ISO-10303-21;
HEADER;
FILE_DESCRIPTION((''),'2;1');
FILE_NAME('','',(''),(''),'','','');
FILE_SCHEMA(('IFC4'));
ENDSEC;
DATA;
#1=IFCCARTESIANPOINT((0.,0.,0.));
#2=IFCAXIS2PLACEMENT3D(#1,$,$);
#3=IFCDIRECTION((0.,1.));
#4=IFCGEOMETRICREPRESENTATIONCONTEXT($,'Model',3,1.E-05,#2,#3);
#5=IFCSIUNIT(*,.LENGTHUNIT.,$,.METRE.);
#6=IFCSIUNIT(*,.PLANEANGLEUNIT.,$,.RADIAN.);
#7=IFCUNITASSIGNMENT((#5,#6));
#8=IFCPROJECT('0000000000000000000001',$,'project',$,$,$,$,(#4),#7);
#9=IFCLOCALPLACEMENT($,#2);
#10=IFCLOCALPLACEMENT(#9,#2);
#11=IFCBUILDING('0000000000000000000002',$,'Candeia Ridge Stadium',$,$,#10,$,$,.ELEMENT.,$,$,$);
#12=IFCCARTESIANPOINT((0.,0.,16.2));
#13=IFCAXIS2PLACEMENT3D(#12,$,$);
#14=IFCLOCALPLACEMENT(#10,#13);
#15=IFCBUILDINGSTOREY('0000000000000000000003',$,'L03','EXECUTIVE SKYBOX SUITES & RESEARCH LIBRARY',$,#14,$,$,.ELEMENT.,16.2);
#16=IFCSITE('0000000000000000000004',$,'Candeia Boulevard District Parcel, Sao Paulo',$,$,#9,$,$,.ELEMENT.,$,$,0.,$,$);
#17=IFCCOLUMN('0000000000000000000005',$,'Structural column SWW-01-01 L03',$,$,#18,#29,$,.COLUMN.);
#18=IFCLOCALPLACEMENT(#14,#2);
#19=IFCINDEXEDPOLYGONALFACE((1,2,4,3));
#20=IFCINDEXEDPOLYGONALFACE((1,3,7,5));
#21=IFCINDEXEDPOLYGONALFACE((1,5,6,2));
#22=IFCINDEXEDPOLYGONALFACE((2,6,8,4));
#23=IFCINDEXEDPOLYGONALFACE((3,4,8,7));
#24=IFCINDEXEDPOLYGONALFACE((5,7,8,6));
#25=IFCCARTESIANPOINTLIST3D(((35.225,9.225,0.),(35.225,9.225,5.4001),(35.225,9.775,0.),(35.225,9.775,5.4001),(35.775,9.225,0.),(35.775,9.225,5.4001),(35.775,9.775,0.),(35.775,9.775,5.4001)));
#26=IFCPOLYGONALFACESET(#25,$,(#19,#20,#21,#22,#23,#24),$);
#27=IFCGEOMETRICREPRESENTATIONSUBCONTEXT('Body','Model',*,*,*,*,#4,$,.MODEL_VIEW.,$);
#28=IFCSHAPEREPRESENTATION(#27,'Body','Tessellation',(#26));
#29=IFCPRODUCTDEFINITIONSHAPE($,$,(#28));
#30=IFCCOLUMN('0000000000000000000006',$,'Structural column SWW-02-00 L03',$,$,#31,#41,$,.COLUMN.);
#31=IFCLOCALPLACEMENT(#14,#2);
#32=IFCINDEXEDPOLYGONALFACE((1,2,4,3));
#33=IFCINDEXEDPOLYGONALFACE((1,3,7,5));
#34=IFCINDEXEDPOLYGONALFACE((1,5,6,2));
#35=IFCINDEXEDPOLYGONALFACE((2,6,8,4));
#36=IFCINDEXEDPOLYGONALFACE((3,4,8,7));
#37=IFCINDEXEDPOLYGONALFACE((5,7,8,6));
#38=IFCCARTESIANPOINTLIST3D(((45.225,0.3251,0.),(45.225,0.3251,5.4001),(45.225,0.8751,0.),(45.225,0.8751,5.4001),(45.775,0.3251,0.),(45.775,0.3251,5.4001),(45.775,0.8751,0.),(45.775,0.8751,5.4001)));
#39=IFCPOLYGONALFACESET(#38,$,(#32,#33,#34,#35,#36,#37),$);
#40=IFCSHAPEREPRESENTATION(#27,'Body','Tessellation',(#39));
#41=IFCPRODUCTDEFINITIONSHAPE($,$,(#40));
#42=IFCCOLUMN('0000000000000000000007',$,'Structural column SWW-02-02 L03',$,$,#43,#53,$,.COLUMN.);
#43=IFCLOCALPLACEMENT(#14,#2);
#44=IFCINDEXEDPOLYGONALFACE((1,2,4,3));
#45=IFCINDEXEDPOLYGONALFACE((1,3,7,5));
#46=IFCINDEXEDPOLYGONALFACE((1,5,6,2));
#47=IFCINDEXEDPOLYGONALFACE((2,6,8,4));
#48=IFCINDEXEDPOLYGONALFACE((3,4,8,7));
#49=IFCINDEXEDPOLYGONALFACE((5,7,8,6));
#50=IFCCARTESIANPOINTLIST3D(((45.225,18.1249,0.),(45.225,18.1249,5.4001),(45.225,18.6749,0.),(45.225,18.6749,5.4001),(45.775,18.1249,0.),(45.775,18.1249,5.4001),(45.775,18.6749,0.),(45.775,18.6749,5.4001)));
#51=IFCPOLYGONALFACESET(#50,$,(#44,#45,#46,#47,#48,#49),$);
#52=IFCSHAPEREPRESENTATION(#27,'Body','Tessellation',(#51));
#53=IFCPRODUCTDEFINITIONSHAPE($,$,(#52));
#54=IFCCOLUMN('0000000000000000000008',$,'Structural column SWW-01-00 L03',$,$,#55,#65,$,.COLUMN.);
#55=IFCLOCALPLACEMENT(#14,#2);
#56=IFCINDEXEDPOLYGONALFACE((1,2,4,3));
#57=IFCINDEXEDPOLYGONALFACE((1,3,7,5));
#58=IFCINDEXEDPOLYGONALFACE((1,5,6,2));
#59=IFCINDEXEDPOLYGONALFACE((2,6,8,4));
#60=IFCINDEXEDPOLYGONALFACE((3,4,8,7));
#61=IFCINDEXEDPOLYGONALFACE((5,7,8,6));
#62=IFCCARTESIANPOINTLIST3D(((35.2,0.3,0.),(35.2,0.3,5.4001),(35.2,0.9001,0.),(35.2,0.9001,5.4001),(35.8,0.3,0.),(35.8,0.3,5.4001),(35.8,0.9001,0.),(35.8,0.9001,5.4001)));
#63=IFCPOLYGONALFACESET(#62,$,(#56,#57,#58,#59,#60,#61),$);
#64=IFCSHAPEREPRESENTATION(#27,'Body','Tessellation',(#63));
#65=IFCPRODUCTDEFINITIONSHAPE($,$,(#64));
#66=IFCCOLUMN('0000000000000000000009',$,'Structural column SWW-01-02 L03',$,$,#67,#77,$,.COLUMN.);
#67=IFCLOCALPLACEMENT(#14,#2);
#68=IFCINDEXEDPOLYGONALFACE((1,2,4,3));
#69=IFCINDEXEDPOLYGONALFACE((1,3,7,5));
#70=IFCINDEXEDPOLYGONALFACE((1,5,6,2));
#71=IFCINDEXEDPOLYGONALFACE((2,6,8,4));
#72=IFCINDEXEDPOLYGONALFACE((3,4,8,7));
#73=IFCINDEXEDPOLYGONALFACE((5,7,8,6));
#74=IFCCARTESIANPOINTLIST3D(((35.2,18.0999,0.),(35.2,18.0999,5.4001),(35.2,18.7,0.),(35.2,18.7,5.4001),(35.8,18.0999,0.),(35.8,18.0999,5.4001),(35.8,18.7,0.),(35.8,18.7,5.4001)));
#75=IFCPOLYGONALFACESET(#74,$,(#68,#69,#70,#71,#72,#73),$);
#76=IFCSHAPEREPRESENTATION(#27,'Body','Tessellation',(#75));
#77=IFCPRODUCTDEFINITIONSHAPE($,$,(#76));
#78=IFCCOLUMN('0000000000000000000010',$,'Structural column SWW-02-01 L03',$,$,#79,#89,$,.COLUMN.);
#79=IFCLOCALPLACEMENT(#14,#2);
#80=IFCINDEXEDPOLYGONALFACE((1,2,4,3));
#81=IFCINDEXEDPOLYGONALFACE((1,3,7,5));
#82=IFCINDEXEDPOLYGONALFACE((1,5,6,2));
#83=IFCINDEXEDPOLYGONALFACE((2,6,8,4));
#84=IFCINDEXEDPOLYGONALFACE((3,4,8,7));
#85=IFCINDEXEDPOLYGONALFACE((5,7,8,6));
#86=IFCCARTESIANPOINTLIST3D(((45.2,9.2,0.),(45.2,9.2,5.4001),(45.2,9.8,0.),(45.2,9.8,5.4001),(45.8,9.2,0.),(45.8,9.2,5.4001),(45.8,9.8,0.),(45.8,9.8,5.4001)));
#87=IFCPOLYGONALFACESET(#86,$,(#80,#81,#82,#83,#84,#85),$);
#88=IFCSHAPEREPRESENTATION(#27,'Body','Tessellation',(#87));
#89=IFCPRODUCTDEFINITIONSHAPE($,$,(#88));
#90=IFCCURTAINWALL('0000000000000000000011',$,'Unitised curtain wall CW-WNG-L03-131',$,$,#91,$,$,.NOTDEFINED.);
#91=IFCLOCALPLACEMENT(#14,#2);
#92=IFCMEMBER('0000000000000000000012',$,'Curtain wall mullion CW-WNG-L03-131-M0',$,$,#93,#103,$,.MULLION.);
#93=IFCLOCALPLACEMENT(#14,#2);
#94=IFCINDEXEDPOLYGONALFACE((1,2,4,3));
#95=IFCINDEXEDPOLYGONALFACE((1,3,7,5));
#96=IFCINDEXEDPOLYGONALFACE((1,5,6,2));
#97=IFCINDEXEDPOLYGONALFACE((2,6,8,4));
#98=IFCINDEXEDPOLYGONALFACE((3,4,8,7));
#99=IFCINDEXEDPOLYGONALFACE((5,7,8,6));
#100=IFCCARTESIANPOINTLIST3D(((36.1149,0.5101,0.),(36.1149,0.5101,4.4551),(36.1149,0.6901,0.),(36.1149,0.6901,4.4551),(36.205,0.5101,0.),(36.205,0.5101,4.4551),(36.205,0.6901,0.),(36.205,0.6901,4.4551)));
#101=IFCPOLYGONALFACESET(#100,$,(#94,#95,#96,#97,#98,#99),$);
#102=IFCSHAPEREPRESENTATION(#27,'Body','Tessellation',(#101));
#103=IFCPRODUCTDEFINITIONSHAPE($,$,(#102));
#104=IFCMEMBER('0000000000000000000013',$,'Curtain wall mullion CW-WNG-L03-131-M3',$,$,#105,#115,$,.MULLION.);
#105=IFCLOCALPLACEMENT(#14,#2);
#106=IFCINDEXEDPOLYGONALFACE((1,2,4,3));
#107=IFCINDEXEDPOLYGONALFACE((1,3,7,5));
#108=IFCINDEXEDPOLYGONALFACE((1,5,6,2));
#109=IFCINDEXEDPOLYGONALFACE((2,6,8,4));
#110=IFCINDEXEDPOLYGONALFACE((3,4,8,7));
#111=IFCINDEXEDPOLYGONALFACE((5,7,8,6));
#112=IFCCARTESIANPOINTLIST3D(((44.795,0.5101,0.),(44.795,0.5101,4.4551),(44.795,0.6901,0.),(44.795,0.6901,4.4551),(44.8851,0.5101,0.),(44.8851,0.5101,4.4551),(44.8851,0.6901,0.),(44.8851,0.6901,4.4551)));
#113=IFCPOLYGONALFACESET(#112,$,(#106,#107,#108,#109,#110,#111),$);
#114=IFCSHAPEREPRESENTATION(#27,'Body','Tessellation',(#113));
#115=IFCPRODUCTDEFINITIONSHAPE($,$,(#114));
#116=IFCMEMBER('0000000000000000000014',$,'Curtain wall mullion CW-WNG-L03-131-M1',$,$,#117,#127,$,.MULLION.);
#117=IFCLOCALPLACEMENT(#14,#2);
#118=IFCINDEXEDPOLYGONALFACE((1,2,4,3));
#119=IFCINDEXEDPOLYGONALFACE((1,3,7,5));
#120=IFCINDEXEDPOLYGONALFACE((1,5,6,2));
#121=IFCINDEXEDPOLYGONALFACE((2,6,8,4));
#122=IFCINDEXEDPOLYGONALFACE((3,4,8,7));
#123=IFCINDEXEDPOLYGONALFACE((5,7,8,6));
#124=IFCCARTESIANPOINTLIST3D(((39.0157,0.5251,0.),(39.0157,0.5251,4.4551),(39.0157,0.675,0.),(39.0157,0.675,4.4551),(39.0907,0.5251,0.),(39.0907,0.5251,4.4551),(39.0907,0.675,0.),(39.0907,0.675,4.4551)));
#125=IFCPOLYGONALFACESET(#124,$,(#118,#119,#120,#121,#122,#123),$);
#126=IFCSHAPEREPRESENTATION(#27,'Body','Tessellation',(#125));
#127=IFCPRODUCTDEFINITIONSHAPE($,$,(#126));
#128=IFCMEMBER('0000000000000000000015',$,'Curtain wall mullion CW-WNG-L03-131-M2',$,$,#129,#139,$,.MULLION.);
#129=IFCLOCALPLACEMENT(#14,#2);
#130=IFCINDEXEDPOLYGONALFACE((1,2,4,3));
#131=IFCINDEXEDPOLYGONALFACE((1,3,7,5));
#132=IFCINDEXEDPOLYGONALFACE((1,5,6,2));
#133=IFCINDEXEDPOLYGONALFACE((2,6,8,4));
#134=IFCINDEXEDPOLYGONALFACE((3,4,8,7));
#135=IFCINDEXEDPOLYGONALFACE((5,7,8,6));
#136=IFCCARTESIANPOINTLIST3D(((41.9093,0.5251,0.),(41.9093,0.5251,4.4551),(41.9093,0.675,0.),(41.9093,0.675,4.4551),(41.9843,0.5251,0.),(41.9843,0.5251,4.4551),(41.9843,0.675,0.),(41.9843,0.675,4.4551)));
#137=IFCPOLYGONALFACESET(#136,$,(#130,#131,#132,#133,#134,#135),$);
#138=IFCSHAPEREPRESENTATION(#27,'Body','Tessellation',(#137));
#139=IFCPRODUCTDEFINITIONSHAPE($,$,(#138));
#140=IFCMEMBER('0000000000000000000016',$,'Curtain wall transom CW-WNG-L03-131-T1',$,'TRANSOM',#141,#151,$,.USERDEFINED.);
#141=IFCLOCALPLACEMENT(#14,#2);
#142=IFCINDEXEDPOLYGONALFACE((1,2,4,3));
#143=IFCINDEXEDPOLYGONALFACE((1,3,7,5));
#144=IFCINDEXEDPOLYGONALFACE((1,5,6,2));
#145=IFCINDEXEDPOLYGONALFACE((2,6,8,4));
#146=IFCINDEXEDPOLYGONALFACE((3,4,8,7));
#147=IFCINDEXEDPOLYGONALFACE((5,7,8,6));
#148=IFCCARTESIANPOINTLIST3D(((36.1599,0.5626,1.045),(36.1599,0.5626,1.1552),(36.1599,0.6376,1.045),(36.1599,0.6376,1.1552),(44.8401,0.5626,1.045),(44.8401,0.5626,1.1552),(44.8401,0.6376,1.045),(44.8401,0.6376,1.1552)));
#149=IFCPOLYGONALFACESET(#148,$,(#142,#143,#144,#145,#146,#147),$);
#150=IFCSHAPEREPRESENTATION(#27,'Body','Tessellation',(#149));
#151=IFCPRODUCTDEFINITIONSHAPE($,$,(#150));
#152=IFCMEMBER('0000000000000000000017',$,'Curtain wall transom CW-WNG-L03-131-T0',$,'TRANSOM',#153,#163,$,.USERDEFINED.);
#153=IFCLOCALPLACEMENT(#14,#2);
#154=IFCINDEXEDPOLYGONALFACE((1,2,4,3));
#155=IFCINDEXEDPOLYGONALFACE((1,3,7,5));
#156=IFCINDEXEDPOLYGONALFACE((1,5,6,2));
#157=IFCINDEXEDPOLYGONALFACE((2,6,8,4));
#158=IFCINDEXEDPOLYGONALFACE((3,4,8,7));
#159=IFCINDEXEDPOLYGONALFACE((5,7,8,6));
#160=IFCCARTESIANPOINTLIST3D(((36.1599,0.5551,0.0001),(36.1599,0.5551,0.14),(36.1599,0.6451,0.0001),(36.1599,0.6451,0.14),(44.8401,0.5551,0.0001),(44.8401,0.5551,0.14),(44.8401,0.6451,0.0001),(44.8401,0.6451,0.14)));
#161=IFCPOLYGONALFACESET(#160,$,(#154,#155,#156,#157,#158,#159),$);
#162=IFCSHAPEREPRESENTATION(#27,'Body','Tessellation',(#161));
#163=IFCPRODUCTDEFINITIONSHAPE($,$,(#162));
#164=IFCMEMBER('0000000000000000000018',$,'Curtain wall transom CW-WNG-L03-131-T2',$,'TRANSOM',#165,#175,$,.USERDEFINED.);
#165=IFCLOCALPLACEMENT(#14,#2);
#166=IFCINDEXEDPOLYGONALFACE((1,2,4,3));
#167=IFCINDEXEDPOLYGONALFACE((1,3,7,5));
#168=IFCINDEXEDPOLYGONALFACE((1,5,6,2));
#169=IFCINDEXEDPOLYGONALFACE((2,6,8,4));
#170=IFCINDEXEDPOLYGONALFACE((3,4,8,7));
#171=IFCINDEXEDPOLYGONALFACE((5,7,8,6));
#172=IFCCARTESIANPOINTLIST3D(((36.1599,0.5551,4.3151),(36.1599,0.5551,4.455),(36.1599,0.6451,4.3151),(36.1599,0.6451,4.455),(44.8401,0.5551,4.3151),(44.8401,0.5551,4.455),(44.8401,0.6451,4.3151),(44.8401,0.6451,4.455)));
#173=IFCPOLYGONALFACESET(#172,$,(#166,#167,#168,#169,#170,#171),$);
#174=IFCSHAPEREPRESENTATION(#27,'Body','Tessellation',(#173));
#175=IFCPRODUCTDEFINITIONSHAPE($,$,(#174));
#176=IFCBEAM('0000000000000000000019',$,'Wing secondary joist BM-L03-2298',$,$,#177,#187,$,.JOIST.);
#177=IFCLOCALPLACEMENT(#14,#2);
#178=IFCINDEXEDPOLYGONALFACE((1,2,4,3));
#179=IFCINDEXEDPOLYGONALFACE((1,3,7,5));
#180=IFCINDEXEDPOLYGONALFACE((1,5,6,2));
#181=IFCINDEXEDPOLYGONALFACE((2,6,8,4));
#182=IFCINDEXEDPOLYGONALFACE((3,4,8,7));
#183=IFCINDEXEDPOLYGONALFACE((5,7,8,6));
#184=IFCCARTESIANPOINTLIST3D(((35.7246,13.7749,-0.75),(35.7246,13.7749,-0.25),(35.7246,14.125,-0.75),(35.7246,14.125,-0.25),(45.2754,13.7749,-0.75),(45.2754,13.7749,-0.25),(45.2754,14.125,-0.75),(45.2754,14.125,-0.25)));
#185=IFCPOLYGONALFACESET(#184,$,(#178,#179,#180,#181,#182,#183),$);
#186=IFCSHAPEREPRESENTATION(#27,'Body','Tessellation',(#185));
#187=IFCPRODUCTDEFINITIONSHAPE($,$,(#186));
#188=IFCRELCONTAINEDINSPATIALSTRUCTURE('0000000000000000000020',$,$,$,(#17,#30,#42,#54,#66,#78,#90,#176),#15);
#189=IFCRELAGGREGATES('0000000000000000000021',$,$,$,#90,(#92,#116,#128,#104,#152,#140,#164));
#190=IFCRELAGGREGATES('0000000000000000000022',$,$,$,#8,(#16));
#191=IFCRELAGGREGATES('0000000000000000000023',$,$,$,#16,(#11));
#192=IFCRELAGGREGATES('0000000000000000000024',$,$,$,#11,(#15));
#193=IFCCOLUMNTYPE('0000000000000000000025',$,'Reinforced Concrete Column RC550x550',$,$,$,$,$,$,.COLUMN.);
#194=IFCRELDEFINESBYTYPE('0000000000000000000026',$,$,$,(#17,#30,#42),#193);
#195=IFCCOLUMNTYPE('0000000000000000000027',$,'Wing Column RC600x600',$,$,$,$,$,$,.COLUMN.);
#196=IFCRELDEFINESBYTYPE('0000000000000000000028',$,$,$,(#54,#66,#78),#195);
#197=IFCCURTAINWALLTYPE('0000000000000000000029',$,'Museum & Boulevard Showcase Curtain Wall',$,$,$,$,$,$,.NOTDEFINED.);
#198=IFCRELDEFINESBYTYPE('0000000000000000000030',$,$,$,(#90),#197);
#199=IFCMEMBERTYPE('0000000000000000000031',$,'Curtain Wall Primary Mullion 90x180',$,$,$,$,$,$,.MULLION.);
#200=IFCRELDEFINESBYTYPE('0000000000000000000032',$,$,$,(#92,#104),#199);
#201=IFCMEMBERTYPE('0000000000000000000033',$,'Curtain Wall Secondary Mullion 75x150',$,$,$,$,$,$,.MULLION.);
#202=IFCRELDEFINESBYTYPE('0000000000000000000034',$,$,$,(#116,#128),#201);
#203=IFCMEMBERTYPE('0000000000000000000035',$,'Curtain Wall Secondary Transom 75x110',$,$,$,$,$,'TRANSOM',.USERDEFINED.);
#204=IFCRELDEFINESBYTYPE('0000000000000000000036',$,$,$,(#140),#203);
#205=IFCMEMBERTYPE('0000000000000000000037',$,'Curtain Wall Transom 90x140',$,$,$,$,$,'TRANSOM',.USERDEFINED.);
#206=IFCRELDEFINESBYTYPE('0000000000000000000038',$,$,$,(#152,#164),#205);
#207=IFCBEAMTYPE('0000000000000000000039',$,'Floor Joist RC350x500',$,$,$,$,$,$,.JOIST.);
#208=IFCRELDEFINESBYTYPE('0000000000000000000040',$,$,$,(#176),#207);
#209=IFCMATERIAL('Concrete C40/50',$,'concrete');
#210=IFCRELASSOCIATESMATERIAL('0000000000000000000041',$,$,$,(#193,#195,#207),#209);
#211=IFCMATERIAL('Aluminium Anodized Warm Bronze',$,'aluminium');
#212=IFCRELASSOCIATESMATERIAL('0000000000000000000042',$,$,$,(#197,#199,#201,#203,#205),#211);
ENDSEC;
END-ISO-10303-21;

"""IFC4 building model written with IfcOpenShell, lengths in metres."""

from ifc_helpers import new_model, si_unit, direction, frame, origin, origin_2d, place, context, subcontext, project, spatial, rectangle, extrude, material, material_profile, profile_set, type_object, element, aggregate, save


model = new_model("IFC4")

# Units and contexts
model_context = context("Model", 3, precision=1e-05, world=origin(), true_north=direction((0.0, 1.0)))
body_context = subcontext(model_context, "Body", "Model", "MODEL_VIEW")
ifc_project = project(units=[si_unit("LENGTHUNIT", "METRE"), si_unit("PLANEANGLEUNIT", "RADIAN")], contexts=[model_context])

# Site, building, storey
site_placement = place(None, origin())
site = spatial("IfcSite", under=ifc_project, at=site_placement, Name="Candeia Boulevard District Parcel, Sao Paulo", CompositionType="ELEMENT", RefElevation=0.0)
building_placement = place(site_placement, origin())
building = spatial("IfcBuilding", under=site, at=building_placement, Name="Candeia Ridge Stadium", CompositionType="ELEMENT")
storey_placement = place(building_placement, frame((0.0, 0.0, 16.2)))
storey = spatial("IfcBuildingStorey", under=building, at=storey_placement, Name="L03", Description="EXECUTIVE SKYBOX SUITES & RESEARCH LIBRARY", CompositionType="ELEMENT", Elevation=16.2)

# Columns
ifc_material_1 = material(Name="Concrete C40/50", Category="concrete")
ifc_material_profile_1 = material_profile(ifc_material_1, rectangle(XDim=0.55, YDim=0.55, at=origin_2d()), Name="RC550x550", Category="concrete")
ifc_profile_set_1 = profile_set([ifc_material_profile_1], Name="Concrete C40/50")
column_type_1 = type_object("IfcColumnType", Name="Reinforced Concrete Column RC550x550", PredefinedType="COLUMN", material=ifc_profile_set_1)
for number, where, z_axis, x_axis, name in (
    (1, (35.5, 9.5, 0.0), (0.0, 0.0, 1.0), (1.0, 0.0, 0.0), "Structural column SWW-01-01 L03"),
    (2, (45.5, 0.6001, 0.0), (0.0, 0.0, 1.0), (1.0, 0.0, 0.0), "Structural column SWW-02-00 L03"),
    (3, (45.5, 18.3999, 0.0), (0.0, 0.0, 1.0), (1.0, 0.0, 0.0), "Structural column SWW-02-02 L03"),
):
    element("IfcColumn", number, at=place(storey_placement, frame(where, z_axis=z_axis, x_axis=x_axis)), inside=storey, type_object=column_type_1, Name=name, PredefinedType="COLUMN", context=body_context, shape_type="SweptSolid", body=[
        extrude(rectangle(XDim=0.55, YDim=0.55, at=origin_2d()), origin(), (0.0, 0.0, 1.0), 5.4001),
    ])
ifc_material_profile_2 = material_profile(ifc_material_1, rectangle(XDim=0.6001, YDim=0.6001, at=origin_2d()), Name="RC600x600", Category="concrete")
ifc_profile_set_2 = profile_set([ifc_material_profile_2], Name="Concrete C40/50")
column_type_2 = type_object("IfcColumnType", Name="Wing Column RC600x600", PredefinedType="COLUMN", material=ifc_profile_set_2)
for number, where, z_axis, x_axis, name in (
    (4, (35.5, 0.6001, 0.0), (0.0, 0.0, 1.0), (1.0, 0.0, 0.0), "Structural column SWW-01-00 L03"),
    (5, (35.5, 18.3999, 0.0), (0.0, 0.0, 1.0), (1.0, 0.0, 0.0), "Structural column SWW-01-02 L03"),
    (6, (45.5, 9.5, 0.0), (0.0, 0.0, 1.0), (1.0, 0.0, 0.0), "Structural column SWW-02-01 L03"),
):
    element("IfcColumn", number, at=place(storey_placement, frame(where, z_axis=z_axis, x_axis=x_axis)), inside=storey, type_object=column_type_2, Name=name, PredefinedType="COLUMN", context=body_context, shape_type="SweptSolid", body=[
        extrude(rectangle(XDim=0.6001, YDim=0.6001, at=origin_2d()), origin(), (0.0, 0.0, 1.0), 5.4001),
    ])

# Curtain wall, members
ifc_material_2 = material(Name="Aluminium Anodized Warm Bronze", Category="aluminium")
curtain_wall_type = type_object("IfcCurtainWallType", Name="Museum & Boulevard Showcase Curtain Wall", PredefinedType="NOTDEFINED", material=ifc_material_2)
curtain_wall_placement = place(storey_placement, origin())
curtain_wall = element("IfcCurtainWall", 7, at=curtain_wall_placement, inside=storey, type_object=curtain_wall_type, Name="Unitised curtain wall CW-WNG-L03-131", PredefinedType="NOTDEFINED")
ifc_material_profile_3 = material_profile(ifc_material_2, rectangle(XDim=0.0901, YDim=0.1799, at=origin_2d()), Name="CWM-90x180", Category="aluminium")
ifc_profile_set_3 = profile_set([ifc_material_profile_3], Name="Aluminium Anodized Warm Bronze")
member_type_1 = type_object("IfcMemberType", Name="Curtain Wall Primary Mullion 90x180", PredefinedType="MULLION", material=ifc_profile_set_3)
member_1_placement = place(storey_placement, frame((36.1599, 0.6001, 0.0), z_axis=(0.0, 0.0, 1.0), x_axis=(1.0, 0.0, 0.0)))
member_1 = element("IfcMember", 8, at=member_1_placement, type_object=member_type_1, Name="Curtain wall mullion CW-WNG-L03-131-M0", PredefinedType="MULLION", context=body_context, shape_type="SweptSolid", body=[
    extrude(rectangle(XDim=0.0901, YDim=0.1799, at=origin_2d()), origin(), (0.0, 0.0, 1.0), 4.4551),
])
member_2_placement = place(storey_placement, frame((44.8401, 0.6001, 0.0), z_axis=(0.0, 0.0, 1.0), x_axis=(1.0, 0.0, 0.0)))
member_2 = element("IfcMember", 9, at=member_2_placement, type_object=member_type_1, Name="Curtain wall mullion CW-WNG-L03-131-M3", PredefinedType="MULLION", context=body_context, shape_type="SweptSolid", body=[
    extrude(rectangle(XDim=0.0901, YDim=0.1799, at=origin_2d()), origin(), (0.0, 0.0, 1.0), 4.4551),
])
ifc_material_profile_4 = material_profile(ifc_material_2, rectangle(XDim=0.075, YDim=0.1499, at=origin_2d()), Name="CWM-75x150", Category="aluminium")
ifc_profile_set_4 = profile_set([ifc_material_profile_4], Name="Aluminium Anodized Warm Bronze")
member_type_2 = type_object("IfcMemberType", Name="Curtain Wall Secondary Mullion 75x150", PredefinedType="MULLION", material=ifc_profile_set_4)
member_3_placement = place(storey_placement, frame((39.0532, 0.6001, 0.0), z_axis=(0.0, 0.0, 1.0), x_axis=(1.0, 0.0, 0.0)))
member_3 = element("IfcMember", 10, at=member_3_placement, type_object=member_type_2, Name="Curtain wall mullion CW-WNG-L03-131-M1", PredefinedType="MULLION", context=body_context, shape_type="SweptSolid", body=[
    extrude(rectangle(XDim=0.075, YDim=0.1499, at=origin_2d()), origin(), (0.0, 0.0, 1.0), 4.4551),
])
member_4_placement = place(storey_placement, frame((41.9468, 0.6001, 0.0), z_axis=(0.0, 0.0, 1.0), x_axis=(1.0, 0.0, 0.0)))
member_4 = element("IfcMember", 11, at=member_4_placement, type_object=member_type_2, Name="Curtain wall mullion CW-WNG-L03-131-M2", PredefinedType="MULLION", context=body_context, shape_type="SweptSolid", body=[
    extrude(rectangle(XDim=0.075, YDim=0.1499, at=origin_2d()), origin(), (0.0, 0.0, 1.0), 4.4551),
])
ifc_material_profile_5 = material_profile(ifc_material_2, rectangle(XDim=0.075, YDim=0.1101, at=origin_2d()), Name="CWT-75x110", Category="aluminium")
ifc_profile_set_5 = profile_set([ifc_material_profile_5], Name="Aluminium Anodized Warm Bronze")
member_type_3 = type_object("IfcMemberType", Name="Curtain Wall Secondary Transom 75x110", ElementType="TRANSOM", PredefinedType="USERDEFINED", material=ifc_profile_set_5)
member_5_placement = place(storey_placement, frame((36.1599, 0.6001, 1.1001), z_axis=(1.0, 0.0, 0.0), x_axis=(0.0, 1.0, 0.0)))
member_5 = element("IfcMember", 12, at=member_5_placement, type_object=member_type_3, Name="Curtain wall transom CW-WNG-L03-131-T1", ObjectType="TRANSOM", PredefinedType="USERDEFINED", context=body_context, shape_type="SweptSolid", body=[
    extrude(rectangle(XDim=0.075, YDim=0.1101, at=origin_2d()), origin(), (0.0, 0.0, 1.0), 8.6802),
])
ifc_material_profile_6 = material_profile(ifc_material_2, rectangle(XDim=0.0901, YDim=0.1399, at=origin_2d()), Name="CWT-90x140", Category="aluminium")
ifc_profile_set_6 = profile_set([ifc_material_profile_6], Name="Aluminium Anodized Warm Bronze")
member_type_4 = type_object("IfcMemberType", Name="Curtain Wall Transom 90x140", ElementType="TRANSOM", PredefinedType="USERDEFINED", material=ifc_profile_set_6)
member_6_placement = place(storey_placement, frame((36.1599, 0.6001, 0.0701), z_axis=(1.0, 0.0, 0.0), x_axis=(0.0, 1.0, 0.0)))
member_6 = element("IfcMember", 13, at=member_6_placement, type_object=member_type_4, Name="Curtain wall transom CW-WNG-L03-131-T0", ObjectType="TRANSOM", PredefinedType="USERDEFINED", context=body_context, shape_type="SweptSolid", body=[
    extrude(rectangle(XDim=0.0901, YDim=0.1399, at=origin_2d()), origin(), (0.0, 0.0, 1.0), 8.6802),
])
member_7_placement = place(storey_placement, frame((36.1599, 0.6001, 4.385), z_axis=(1.0, 0.0, 0.0), x_axis=(0.0, 1.0, 0.0)))
member_7 = element("IfcMember", 14, at=member_7_placement, type_object=member_type_4, Name="Curtain wall transom CW-WNG-L03-131-T2", ObjectType="TRANSOM", PredefinedType="USERDEFINED", context=body_context, shape_type="SweptSolid", body=[
    extrude(rectangle(XDim=0.0901, YDim=0.1399, at=origin_2d()), origin(), (0.0, 0.0, 1.0), 8.6802),
])

# Beam
ifc_material_profile_7 = material_profile(ifc_material_1, rectangle(XDim=0.3501, YDim=0.5, at=origin_2d()), Name="RC350x500", Category="concrete")
ifc_profile_set_7 = profile_set([ifc_material_profile_7], Name="Concrete C40/50")
beam_type_1 = type_object("IfcBeamType", Name="Floor Joist RC350x500", PredefinedType="JOIST", material=ifc_profile_set_7)
beam_1_placement = place(storey_placement, frame((35.7246, 13.95, -0.5), z_axis=(1.0, 0.0, 0.0), x_axis=(0.0, 1.0, 0.0)))
element("IfcBeam", 15, at=beam_1_placement, inside=storey, type_object=beam_type_1, Name="Wing secondary joist BM-L03-2298", PredefinedType="JOIST", context=body_context, shape_type="SweptSolid", body=[
    extrude(rectangle(XDim=0.3501, YDim=0.5, at=origin_2d()), origin(), (0.0, 0.0, 1.0), 9.5508),
])

aggregate(curtain_wall, [member_1, member_3, member_4, member_2, member_6, member_5, member_7])

save(model, "model.ifc")
